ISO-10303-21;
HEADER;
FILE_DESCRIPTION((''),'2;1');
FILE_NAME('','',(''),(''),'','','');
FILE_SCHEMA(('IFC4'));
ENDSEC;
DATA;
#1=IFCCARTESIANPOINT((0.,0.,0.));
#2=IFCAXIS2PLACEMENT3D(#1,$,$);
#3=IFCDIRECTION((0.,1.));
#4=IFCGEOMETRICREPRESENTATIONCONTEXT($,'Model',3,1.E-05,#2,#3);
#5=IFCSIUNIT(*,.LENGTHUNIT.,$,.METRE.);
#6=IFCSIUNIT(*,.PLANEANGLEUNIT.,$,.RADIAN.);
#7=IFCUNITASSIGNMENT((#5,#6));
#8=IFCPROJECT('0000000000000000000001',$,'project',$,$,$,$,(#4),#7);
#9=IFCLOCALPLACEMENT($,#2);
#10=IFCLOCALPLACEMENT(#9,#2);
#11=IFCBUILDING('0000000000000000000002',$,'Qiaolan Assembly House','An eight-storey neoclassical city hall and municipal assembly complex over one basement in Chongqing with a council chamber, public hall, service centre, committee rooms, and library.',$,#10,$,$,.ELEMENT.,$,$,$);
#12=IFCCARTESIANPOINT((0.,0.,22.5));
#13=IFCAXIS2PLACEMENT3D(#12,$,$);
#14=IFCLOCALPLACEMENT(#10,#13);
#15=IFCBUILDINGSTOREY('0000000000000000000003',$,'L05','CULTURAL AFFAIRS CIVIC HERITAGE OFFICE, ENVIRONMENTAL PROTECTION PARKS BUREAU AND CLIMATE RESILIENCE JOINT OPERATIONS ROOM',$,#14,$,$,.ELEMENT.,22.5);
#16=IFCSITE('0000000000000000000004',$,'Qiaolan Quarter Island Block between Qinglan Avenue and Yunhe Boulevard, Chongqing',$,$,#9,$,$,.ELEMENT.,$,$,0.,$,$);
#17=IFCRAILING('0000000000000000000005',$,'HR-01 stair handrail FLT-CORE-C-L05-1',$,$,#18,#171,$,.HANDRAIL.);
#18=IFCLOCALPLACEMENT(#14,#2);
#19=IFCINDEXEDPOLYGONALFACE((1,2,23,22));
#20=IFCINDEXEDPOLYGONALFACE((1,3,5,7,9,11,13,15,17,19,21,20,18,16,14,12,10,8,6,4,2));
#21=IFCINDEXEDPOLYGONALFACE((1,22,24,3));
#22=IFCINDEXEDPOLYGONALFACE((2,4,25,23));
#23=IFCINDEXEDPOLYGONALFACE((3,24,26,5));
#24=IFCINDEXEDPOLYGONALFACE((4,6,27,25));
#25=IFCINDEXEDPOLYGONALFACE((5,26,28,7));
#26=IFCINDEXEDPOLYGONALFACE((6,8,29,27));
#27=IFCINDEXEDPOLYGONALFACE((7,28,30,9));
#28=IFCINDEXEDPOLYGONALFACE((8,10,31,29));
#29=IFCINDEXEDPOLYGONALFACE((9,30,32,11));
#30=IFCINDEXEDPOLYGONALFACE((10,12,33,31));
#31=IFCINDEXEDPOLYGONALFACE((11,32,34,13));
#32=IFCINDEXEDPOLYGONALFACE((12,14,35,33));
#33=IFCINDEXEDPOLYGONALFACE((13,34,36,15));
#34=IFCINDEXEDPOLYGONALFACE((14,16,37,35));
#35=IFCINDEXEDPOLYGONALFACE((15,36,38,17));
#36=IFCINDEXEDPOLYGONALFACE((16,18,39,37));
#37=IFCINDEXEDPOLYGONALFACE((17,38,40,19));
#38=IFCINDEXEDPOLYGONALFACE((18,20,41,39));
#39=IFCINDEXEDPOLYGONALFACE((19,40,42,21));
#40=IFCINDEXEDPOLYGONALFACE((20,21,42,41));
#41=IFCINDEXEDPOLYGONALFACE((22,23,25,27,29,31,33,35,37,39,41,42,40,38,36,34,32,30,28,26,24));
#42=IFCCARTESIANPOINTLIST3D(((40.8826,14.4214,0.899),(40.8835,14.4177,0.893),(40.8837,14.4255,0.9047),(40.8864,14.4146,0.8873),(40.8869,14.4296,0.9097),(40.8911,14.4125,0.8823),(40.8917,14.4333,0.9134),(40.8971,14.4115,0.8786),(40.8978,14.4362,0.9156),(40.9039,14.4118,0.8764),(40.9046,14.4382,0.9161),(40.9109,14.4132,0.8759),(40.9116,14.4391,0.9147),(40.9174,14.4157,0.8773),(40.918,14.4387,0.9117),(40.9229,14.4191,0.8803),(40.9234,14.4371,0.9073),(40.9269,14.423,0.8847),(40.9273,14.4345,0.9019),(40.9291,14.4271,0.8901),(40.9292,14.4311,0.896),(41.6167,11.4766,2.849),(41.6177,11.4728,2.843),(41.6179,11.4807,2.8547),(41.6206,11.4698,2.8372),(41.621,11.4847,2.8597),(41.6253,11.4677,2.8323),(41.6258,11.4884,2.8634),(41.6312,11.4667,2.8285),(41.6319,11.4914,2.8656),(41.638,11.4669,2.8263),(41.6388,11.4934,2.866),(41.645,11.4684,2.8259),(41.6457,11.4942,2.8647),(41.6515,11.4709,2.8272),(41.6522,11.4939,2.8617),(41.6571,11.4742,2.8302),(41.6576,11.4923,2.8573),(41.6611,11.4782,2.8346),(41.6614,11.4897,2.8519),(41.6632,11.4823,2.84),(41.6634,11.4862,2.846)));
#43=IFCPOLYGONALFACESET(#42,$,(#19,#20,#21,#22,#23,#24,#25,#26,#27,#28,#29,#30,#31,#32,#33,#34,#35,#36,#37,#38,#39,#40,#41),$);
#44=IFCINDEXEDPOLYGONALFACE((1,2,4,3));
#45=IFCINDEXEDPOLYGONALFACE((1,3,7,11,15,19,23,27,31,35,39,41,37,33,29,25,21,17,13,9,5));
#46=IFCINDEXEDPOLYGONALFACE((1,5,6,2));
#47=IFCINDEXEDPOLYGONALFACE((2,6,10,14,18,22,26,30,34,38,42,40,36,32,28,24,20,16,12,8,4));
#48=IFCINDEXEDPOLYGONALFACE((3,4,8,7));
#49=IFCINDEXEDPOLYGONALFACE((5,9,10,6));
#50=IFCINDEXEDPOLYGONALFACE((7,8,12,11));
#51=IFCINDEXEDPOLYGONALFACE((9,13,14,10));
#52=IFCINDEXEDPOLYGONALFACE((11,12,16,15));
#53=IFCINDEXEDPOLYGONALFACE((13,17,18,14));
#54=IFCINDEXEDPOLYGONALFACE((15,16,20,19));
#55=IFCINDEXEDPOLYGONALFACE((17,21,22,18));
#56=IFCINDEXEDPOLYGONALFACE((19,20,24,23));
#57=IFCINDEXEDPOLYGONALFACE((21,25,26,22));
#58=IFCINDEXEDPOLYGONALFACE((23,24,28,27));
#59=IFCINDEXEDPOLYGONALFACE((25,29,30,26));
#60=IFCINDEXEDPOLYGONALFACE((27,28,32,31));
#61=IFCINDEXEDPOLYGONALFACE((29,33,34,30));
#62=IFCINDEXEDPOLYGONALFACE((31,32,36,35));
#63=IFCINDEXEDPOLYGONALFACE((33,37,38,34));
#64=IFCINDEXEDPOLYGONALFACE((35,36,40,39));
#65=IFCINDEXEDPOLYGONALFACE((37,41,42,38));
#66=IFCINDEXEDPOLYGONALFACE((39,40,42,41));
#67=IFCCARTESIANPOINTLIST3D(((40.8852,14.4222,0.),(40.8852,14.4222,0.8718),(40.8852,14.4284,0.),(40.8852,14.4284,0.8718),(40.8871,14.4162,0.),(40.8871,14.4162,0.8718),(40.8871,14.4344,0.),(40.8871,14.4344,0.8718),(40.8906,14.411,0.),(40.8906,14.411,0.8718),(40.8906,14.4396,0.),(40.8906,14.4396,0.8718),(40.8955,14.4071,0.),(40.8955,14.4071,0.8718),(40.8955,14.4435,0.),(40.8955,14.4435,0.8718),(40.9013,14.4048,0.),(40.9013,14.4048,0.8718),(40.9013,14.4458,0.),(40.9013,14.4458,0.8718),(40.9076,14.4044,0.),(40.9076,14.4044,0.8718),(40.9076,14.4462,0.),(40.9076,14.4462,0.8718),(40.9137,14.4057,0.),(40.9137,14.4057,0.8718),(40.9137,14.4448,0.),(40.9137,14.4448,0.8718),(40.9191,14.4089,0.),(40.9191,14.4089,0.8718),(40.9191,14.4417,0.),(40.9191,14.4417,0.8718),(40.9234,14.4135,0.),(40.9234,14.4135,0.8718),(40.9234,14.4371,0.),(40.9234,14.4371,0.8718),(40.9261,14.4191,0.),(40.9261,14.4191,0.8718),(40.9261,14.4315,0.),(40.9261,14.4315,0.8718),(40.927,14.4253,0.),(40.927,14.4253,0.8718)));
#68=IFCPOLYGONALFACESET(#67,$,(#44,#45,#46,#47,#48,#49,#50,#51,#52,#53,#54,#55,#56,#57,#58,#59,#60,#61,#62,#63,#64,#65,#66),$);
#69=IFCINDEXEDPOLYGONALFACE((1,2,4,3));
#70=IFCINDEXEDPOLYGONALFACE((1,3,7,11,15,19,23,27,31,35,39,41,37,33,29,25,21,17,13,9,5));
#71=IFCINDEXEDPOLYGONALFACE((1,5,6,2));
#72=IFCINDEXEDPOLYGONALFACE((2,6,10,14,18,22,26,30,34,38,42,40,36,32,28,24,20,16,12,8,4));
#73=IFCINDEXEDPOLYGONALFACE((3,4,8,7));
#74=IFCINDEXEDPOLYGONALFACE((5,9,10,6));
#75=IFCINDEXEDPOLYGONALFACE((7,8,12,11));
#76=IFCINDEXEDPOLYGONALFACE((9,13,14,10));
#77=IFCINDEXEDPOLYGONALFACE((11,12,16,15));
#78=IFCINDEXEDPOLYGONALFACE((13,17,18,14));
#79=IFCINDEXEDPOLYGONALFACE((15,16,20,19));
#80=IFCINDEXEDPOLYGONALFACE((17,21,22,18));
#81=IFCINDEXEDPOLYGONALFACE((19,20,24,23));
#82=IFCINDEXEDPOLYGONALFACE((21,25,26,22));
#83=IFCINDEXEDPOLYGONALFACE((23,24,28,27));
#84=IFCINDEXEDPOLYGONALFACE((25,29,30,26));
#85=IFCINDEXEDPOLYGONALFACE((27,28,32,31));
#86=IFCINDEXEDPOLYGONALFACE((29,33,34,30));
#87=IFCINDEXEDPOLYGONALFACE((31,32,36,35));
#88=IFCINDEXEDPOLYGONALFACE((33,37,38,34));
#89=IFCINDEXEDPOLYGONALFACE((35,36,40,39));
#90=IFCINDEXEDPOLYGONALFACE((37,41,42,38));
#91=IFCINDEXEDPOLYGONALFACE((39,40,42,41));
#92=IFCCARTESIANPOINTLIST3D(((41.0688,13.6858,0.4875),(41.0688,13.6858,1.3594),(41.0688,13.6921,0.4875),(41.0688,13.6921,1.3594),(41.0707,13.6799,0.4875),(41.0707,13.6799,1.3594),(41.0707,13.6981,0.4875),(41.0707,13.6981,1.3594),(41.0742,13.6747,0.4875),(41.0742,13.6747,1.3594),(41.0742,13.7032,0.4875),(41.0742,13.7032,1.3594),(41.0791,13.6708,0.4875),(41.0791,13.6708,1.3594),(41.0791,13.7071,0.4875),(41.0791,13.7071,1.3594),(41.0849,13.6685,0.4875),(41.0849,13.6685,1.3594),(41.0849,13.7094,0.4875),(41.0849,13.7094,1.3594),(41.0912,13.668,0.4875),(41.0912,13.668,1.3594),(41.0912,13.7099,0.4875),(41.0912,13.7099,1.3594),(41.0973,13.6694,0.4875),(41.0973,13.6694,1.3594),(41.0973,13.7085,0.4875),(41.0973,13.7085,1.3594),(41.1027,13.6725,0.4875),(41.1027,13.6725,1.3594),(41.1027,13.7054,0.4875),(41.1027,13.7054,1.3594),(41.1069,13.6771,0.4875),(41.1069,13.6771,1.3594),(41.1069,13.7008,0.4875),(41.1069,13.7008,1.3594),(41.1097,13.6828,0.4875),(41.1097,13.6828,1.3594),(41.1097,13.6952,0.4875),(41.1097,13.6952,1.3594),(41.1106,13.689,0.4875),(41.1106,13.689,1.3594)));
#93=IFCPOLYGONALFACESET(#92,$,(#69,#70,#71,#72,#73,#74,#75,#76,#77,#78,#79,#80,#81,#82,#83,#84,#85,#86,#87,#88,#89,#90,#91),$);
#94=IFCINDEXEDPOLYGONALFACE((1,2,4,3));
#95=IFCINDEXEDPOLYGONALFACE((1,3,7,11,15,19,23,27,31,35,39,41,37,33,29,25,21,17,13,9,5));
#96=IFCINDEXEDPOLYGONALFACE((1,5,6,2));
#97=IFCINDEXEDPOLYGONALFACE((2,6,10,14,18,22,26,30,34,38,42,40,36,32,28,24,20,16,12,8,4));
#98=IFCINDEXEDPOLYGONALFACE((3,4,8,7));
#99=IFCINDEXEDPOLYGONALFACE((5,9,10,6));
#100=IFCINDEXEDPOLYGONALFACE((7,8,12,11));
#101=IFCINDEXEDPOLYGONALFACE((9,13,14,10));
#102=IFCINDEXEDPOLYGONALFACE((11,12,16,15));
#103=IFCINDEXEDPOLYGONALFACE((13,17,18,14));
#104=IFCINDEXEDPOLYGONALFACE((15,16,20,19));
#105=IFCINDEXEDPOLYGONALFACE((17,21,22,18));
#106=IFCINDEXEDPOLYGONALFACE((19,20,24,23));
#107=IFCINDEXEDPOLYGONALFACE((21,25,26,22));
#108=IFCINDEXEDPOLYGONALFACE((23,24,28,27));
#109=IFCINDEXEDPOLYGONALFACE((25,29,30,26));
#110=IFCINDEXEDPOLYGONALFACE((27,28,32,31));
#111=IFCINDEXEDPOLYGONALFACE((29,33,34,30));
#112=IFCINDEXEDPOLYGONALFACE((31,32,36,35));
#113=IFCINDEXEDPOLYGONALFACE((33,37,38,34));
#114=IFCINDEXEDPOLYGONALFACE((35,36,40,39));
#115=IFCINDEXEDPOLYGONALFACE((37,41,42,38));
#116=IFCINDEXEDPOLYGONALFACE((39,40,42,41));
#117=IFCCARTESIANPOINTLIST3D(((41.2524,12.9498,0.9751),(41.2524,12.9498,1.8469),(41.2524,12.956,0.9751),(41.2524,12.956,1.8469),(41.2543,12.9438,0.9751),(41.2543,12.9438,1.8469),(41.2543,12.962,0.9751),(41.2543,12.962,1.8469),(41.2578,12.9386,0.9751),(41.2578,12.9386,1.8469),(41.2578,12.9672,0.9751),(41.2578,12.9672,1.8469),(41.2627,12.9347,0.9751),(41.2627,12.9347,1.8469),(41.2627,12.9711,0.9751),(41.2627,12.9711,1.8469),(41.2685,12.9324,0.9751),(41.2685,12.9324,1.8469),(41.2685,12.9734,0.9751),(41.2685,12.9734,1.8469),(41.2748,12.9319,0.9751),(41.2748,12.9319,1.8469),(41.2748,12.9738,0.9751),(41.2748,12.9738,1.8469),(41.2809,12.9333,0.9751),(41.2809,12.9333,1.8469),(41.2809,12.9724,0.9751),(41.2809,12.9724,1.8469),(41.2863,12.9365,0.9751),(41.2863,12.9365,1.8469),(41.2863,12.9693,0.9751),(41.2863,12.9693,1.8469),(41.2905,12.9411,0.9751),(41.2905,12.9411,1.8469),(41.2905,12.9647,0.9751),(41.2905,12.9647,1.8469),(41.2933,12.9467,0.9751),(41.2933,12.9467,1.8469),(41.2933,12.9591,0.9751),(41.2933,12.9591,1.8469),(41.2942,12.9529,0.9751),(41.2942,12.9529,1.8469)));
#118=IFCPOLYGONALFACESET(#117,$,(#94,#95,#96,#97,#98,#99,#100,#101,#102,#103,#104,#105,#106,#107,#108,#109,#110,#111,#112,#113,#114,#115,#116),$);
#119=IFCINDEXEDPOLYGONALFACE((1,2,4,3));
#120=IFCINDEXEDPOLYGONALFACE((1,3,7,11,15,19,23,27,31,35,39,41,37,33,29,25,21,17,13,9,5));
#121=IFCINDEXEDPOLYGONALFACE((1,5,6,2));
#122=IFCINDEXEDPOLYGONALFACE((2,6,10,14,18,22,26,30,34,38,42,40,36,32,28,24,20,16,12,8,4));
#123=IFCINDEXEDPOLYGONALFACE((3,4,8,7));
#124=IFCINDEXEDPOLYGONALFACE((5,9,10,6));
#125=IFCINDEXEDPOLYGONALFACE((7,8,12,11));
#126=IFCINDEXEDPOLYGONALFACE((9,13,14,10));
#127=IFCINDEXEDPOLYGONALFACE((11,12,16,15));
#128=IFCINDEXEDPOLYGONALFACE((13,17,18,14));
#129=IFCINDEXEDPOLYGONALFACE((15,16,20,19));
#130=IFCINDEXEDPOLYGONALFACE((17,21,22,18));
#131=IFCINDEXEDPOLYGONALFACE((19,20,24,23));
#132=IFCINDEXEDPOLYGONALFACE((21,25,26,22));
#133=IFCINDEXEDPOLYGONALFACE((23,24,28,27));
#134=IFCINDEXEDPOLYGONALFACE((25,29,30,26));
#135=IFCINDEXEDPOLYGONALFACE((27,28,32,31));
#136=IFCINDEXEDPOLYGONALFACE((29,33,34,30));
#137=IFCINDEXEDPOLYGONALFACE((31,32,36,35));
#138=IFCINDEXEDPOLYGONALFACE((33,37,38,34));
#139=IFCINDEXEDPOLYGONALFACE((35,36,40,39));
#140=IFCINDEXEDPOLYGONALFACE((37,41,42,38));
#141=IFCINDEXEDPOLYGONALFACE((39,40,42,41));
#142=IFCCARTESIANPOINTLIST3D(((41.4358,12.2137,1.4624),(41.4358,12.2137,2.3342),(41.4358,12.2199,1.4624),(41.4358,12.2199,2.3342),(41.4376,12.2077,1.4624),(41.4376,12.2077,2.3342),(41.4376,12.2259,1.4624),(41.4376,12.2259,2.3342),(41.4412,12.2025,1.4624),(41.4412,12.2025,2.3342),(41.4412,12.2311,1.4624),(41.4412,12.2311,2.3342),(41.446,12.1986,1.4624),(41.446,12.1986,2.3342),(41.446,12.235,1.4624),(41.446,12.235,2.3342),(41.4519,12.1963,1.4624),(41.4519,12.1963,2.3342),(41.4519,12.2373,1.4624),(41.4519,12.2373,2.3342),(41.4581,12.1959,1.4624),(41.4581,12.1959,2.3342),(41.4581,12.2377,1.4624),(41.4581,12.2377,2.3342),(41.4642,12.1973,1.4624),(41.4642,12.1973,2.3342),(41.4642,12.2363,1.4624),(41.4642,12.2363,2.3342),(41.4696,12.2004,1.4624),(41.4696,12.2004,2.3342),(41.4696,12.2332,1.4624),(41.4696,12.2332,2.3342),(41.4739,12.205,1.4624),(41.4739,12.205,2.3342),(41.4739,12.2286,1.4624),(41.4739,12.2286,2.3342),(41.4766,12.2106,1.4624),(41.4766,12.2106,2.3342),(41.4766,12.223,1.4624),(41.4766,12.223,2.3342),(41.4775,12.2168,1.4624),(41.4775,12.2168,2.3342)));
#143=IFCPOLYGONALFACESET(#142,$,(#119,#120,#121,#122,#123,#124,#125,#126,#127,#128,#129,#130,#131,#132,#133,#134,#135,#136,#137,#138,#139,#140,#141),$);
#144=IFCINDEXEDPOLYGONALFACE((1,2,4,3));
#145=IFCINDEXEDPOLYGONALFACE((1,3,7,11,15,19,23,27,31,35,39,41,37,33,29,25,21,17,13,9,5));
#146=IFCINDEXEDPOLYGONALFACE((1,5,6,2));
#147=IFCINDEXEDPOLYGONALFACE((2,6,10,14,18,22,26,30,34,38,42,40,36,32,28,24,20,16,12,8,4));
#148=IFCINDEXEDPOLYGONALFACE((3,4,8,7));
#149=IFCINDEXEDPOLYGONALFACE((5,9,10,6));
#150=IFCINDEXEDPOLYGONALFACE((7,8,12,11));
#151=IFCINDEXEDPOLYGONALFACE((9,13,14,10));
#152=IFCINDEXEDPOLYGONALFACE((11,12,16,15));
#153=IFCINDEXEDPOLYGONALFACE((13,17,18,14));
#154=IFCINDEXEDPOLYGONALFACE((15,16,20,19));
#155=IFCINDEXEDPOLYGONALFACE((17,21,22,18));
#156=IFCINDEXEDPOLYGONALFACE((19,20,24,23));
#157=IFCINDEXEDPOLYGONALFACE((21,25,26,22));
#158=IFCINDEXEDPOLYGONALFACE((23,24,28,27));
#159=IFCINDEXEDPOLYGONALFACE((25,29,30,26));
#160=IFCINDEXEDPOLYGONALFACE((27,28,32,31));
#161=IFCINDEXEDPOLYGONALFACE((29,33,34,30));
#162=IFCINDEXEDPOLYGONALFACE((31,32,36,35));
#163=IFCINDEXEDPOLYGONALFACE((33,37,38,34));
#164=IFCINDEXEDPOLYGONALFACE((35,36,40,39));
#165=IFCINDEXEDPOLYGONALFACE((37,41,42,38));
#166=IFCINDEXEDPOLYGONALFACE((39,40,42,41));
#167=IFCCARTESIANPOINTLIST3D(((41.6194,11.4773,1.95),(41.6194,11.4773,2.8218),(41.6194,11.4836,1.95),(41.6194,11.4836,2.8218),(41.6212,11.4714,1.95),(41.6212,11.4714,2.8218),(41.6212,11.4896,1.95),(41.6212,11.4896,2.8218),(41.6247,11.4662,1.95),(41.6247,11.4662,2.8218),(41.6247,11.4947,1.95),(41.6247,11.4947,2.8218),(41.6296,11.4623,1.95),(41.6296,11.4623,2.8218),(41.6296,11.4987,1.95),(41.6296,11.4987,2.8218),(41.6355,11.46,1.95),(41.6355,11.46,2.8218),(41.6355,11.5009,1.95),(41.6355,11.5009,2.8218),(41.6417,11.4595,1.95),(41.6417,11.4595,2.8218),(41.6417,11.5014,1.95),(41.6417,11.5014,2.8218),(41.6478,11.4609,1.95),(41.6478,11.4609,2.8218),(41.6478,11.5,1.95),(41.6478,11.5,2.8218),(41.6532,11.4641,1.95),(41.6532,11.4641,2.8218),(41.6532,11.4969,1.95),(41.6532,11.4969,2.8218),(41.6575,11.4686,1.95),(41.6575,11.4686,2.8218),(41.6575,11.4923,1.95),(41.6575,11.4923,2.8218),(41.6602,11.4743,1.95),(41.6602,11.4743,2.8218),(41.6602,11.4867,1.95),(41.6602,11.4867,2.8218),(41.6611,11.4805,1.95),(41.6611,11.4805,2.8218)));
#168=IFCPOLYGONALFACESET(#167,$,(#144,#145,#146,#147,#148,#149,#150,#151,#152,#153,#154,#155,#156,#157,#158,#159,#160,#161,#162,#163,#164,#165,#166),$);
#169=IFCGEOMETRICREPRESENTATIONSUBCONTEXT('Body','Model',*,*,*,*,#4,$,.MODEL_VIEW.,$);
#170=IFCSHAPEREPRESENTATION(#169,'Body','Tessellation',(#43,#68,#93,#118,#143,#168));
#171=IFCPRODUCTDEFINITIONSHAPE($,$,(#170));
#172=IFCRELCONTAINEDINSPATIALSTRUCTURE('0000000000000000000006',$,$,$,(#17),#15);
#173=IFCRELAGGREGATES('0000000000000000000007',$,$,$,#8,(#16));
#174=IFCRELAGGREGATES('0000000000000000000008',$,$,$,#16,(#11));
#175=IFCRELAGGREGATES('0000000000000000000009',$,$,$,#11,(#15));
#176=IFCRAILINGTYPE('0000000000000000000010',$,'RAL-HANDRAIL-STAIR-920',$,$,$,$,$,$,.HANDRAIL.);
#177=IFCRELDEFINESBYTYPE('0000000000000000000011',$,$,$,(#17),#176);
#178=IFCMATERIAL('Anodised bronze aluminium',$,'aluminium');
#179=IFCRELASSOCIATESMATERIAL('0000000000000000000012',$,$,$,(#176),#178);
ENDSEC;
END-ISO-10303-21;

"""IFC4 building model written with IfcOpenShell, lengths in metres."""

from ifc_helpers import new_model, si_unit, direction, frame, origin, origin_2d, place, context, subcontext, project, spatial, circle, extrude, material, type_object, element, save


model = new_model("IFC4")

# Units and contexts
model_context = context("Model", 3, precision=1e-05, world=origin(), true_north=direction((0.0, 1.0)))
body_context = subcontext(model_context, "Body", "Model", "MODEL_VIEW")
ifc_project = project(units=[si_unit("LENGTHUNIT", "METRE"), si_unit("PLANEANGLEUNIT", "RADIAN")], contexts=[model_context])

# Site, building, storey
site_placement = place(None, origin())
site = spatial("IfcSite", under=ifc_project, at=site_placement, Name="Qiaolan Quarter Island Block between Qinglan Avenue and Yunhe Boulevard, Chongqing", CompositionType="ELEMENT", RefElevation=0.0)
building_placement = place(site_placement, origin())
building = spatial("IfcBuilding", under=site, at=building_placement, Name="Qiaolan Assembly House", Description="An eight-storey neoclassical city hall and municipal assembly complex over one basement in Chongqing with a council chamber, public hall, service centre, committee rooms, and library.", CompositionType="ELEMENT")
storey_placement = place(building_placement, frame((0.0, 0.0, 22.5)))
storey = spatial("IfcBuildingStorey", under=building, at=storey_placement, Name="L05", Description="CULTURAL AFFAIRS CIVIC HERITAGE OFFICE, ENVIRONMENTAL PROTECTION PARKS BUREAU AND CLIMATE RESILIENCE JOINT OPERATIONS ROOM", CompositionType="ELEMENT", Elevation=22.5)

# Railing
ifc_material_1 = material(Name="Anodised bronze aluminium", Category="aluminium")
railing_type_1 = type_object("IfcRailingType", Name="RAL-HANDRAIL-STAIR-920", PredefinedType="HANDRAIL", material=ifc_material_1)
railing_1_placement = place(storey_placement, frame((40.906, 14.4253, 0.0)))
element("IfcRailing", 1, at=railing_1_placement, inside=storey, type_object=railing_type_1, Name="HR-01 stair handrail FLT-CORE-C-L05-1", PredefinedType="HANDRAIL", context=body_context, shape_type="SweptSolid", body=[
    extrude(circle(Radius=0.0239, at=origin_2d()), frame((0.0, 0.0, 0.896), z_axis=(0.203508, -0.816331, 0.540544), x_axis=(0.970303, 0.241892, 0.0)), (0.0, 0.0, 1.0), 3.6074),
    extrude(circle(Radius=0.021, at=origin_2d()), origin(), (0.0, 0.0, 1.0), 0.8718),
    extrude(circle(Radius=0.021, at=origin_2d()), frame((0.1836, -0.7363, 0.4875)), (0.0, 0.0, 1.0), 0.8718),
    extrude(circle(Radius=0.021, at=origin_2d()), frame((0.3672, -1.4724, 0.9751)), (0.0, 0.0, 1.0), 0.8718),
    extrude(circle(Radius=0.021, at=origin_2d()), frame((0.5505, -2.2085, 1.4624)), (0.0, 0.0, 1.0), 0.8718),
    extrude(circle(Radius=0.021, at=origin_2d()), frame((0.7341, -2.9448, 1.95)), (0.0, 0.0, 1.0), 0.8718),
])

save(model, "model.ifc")
